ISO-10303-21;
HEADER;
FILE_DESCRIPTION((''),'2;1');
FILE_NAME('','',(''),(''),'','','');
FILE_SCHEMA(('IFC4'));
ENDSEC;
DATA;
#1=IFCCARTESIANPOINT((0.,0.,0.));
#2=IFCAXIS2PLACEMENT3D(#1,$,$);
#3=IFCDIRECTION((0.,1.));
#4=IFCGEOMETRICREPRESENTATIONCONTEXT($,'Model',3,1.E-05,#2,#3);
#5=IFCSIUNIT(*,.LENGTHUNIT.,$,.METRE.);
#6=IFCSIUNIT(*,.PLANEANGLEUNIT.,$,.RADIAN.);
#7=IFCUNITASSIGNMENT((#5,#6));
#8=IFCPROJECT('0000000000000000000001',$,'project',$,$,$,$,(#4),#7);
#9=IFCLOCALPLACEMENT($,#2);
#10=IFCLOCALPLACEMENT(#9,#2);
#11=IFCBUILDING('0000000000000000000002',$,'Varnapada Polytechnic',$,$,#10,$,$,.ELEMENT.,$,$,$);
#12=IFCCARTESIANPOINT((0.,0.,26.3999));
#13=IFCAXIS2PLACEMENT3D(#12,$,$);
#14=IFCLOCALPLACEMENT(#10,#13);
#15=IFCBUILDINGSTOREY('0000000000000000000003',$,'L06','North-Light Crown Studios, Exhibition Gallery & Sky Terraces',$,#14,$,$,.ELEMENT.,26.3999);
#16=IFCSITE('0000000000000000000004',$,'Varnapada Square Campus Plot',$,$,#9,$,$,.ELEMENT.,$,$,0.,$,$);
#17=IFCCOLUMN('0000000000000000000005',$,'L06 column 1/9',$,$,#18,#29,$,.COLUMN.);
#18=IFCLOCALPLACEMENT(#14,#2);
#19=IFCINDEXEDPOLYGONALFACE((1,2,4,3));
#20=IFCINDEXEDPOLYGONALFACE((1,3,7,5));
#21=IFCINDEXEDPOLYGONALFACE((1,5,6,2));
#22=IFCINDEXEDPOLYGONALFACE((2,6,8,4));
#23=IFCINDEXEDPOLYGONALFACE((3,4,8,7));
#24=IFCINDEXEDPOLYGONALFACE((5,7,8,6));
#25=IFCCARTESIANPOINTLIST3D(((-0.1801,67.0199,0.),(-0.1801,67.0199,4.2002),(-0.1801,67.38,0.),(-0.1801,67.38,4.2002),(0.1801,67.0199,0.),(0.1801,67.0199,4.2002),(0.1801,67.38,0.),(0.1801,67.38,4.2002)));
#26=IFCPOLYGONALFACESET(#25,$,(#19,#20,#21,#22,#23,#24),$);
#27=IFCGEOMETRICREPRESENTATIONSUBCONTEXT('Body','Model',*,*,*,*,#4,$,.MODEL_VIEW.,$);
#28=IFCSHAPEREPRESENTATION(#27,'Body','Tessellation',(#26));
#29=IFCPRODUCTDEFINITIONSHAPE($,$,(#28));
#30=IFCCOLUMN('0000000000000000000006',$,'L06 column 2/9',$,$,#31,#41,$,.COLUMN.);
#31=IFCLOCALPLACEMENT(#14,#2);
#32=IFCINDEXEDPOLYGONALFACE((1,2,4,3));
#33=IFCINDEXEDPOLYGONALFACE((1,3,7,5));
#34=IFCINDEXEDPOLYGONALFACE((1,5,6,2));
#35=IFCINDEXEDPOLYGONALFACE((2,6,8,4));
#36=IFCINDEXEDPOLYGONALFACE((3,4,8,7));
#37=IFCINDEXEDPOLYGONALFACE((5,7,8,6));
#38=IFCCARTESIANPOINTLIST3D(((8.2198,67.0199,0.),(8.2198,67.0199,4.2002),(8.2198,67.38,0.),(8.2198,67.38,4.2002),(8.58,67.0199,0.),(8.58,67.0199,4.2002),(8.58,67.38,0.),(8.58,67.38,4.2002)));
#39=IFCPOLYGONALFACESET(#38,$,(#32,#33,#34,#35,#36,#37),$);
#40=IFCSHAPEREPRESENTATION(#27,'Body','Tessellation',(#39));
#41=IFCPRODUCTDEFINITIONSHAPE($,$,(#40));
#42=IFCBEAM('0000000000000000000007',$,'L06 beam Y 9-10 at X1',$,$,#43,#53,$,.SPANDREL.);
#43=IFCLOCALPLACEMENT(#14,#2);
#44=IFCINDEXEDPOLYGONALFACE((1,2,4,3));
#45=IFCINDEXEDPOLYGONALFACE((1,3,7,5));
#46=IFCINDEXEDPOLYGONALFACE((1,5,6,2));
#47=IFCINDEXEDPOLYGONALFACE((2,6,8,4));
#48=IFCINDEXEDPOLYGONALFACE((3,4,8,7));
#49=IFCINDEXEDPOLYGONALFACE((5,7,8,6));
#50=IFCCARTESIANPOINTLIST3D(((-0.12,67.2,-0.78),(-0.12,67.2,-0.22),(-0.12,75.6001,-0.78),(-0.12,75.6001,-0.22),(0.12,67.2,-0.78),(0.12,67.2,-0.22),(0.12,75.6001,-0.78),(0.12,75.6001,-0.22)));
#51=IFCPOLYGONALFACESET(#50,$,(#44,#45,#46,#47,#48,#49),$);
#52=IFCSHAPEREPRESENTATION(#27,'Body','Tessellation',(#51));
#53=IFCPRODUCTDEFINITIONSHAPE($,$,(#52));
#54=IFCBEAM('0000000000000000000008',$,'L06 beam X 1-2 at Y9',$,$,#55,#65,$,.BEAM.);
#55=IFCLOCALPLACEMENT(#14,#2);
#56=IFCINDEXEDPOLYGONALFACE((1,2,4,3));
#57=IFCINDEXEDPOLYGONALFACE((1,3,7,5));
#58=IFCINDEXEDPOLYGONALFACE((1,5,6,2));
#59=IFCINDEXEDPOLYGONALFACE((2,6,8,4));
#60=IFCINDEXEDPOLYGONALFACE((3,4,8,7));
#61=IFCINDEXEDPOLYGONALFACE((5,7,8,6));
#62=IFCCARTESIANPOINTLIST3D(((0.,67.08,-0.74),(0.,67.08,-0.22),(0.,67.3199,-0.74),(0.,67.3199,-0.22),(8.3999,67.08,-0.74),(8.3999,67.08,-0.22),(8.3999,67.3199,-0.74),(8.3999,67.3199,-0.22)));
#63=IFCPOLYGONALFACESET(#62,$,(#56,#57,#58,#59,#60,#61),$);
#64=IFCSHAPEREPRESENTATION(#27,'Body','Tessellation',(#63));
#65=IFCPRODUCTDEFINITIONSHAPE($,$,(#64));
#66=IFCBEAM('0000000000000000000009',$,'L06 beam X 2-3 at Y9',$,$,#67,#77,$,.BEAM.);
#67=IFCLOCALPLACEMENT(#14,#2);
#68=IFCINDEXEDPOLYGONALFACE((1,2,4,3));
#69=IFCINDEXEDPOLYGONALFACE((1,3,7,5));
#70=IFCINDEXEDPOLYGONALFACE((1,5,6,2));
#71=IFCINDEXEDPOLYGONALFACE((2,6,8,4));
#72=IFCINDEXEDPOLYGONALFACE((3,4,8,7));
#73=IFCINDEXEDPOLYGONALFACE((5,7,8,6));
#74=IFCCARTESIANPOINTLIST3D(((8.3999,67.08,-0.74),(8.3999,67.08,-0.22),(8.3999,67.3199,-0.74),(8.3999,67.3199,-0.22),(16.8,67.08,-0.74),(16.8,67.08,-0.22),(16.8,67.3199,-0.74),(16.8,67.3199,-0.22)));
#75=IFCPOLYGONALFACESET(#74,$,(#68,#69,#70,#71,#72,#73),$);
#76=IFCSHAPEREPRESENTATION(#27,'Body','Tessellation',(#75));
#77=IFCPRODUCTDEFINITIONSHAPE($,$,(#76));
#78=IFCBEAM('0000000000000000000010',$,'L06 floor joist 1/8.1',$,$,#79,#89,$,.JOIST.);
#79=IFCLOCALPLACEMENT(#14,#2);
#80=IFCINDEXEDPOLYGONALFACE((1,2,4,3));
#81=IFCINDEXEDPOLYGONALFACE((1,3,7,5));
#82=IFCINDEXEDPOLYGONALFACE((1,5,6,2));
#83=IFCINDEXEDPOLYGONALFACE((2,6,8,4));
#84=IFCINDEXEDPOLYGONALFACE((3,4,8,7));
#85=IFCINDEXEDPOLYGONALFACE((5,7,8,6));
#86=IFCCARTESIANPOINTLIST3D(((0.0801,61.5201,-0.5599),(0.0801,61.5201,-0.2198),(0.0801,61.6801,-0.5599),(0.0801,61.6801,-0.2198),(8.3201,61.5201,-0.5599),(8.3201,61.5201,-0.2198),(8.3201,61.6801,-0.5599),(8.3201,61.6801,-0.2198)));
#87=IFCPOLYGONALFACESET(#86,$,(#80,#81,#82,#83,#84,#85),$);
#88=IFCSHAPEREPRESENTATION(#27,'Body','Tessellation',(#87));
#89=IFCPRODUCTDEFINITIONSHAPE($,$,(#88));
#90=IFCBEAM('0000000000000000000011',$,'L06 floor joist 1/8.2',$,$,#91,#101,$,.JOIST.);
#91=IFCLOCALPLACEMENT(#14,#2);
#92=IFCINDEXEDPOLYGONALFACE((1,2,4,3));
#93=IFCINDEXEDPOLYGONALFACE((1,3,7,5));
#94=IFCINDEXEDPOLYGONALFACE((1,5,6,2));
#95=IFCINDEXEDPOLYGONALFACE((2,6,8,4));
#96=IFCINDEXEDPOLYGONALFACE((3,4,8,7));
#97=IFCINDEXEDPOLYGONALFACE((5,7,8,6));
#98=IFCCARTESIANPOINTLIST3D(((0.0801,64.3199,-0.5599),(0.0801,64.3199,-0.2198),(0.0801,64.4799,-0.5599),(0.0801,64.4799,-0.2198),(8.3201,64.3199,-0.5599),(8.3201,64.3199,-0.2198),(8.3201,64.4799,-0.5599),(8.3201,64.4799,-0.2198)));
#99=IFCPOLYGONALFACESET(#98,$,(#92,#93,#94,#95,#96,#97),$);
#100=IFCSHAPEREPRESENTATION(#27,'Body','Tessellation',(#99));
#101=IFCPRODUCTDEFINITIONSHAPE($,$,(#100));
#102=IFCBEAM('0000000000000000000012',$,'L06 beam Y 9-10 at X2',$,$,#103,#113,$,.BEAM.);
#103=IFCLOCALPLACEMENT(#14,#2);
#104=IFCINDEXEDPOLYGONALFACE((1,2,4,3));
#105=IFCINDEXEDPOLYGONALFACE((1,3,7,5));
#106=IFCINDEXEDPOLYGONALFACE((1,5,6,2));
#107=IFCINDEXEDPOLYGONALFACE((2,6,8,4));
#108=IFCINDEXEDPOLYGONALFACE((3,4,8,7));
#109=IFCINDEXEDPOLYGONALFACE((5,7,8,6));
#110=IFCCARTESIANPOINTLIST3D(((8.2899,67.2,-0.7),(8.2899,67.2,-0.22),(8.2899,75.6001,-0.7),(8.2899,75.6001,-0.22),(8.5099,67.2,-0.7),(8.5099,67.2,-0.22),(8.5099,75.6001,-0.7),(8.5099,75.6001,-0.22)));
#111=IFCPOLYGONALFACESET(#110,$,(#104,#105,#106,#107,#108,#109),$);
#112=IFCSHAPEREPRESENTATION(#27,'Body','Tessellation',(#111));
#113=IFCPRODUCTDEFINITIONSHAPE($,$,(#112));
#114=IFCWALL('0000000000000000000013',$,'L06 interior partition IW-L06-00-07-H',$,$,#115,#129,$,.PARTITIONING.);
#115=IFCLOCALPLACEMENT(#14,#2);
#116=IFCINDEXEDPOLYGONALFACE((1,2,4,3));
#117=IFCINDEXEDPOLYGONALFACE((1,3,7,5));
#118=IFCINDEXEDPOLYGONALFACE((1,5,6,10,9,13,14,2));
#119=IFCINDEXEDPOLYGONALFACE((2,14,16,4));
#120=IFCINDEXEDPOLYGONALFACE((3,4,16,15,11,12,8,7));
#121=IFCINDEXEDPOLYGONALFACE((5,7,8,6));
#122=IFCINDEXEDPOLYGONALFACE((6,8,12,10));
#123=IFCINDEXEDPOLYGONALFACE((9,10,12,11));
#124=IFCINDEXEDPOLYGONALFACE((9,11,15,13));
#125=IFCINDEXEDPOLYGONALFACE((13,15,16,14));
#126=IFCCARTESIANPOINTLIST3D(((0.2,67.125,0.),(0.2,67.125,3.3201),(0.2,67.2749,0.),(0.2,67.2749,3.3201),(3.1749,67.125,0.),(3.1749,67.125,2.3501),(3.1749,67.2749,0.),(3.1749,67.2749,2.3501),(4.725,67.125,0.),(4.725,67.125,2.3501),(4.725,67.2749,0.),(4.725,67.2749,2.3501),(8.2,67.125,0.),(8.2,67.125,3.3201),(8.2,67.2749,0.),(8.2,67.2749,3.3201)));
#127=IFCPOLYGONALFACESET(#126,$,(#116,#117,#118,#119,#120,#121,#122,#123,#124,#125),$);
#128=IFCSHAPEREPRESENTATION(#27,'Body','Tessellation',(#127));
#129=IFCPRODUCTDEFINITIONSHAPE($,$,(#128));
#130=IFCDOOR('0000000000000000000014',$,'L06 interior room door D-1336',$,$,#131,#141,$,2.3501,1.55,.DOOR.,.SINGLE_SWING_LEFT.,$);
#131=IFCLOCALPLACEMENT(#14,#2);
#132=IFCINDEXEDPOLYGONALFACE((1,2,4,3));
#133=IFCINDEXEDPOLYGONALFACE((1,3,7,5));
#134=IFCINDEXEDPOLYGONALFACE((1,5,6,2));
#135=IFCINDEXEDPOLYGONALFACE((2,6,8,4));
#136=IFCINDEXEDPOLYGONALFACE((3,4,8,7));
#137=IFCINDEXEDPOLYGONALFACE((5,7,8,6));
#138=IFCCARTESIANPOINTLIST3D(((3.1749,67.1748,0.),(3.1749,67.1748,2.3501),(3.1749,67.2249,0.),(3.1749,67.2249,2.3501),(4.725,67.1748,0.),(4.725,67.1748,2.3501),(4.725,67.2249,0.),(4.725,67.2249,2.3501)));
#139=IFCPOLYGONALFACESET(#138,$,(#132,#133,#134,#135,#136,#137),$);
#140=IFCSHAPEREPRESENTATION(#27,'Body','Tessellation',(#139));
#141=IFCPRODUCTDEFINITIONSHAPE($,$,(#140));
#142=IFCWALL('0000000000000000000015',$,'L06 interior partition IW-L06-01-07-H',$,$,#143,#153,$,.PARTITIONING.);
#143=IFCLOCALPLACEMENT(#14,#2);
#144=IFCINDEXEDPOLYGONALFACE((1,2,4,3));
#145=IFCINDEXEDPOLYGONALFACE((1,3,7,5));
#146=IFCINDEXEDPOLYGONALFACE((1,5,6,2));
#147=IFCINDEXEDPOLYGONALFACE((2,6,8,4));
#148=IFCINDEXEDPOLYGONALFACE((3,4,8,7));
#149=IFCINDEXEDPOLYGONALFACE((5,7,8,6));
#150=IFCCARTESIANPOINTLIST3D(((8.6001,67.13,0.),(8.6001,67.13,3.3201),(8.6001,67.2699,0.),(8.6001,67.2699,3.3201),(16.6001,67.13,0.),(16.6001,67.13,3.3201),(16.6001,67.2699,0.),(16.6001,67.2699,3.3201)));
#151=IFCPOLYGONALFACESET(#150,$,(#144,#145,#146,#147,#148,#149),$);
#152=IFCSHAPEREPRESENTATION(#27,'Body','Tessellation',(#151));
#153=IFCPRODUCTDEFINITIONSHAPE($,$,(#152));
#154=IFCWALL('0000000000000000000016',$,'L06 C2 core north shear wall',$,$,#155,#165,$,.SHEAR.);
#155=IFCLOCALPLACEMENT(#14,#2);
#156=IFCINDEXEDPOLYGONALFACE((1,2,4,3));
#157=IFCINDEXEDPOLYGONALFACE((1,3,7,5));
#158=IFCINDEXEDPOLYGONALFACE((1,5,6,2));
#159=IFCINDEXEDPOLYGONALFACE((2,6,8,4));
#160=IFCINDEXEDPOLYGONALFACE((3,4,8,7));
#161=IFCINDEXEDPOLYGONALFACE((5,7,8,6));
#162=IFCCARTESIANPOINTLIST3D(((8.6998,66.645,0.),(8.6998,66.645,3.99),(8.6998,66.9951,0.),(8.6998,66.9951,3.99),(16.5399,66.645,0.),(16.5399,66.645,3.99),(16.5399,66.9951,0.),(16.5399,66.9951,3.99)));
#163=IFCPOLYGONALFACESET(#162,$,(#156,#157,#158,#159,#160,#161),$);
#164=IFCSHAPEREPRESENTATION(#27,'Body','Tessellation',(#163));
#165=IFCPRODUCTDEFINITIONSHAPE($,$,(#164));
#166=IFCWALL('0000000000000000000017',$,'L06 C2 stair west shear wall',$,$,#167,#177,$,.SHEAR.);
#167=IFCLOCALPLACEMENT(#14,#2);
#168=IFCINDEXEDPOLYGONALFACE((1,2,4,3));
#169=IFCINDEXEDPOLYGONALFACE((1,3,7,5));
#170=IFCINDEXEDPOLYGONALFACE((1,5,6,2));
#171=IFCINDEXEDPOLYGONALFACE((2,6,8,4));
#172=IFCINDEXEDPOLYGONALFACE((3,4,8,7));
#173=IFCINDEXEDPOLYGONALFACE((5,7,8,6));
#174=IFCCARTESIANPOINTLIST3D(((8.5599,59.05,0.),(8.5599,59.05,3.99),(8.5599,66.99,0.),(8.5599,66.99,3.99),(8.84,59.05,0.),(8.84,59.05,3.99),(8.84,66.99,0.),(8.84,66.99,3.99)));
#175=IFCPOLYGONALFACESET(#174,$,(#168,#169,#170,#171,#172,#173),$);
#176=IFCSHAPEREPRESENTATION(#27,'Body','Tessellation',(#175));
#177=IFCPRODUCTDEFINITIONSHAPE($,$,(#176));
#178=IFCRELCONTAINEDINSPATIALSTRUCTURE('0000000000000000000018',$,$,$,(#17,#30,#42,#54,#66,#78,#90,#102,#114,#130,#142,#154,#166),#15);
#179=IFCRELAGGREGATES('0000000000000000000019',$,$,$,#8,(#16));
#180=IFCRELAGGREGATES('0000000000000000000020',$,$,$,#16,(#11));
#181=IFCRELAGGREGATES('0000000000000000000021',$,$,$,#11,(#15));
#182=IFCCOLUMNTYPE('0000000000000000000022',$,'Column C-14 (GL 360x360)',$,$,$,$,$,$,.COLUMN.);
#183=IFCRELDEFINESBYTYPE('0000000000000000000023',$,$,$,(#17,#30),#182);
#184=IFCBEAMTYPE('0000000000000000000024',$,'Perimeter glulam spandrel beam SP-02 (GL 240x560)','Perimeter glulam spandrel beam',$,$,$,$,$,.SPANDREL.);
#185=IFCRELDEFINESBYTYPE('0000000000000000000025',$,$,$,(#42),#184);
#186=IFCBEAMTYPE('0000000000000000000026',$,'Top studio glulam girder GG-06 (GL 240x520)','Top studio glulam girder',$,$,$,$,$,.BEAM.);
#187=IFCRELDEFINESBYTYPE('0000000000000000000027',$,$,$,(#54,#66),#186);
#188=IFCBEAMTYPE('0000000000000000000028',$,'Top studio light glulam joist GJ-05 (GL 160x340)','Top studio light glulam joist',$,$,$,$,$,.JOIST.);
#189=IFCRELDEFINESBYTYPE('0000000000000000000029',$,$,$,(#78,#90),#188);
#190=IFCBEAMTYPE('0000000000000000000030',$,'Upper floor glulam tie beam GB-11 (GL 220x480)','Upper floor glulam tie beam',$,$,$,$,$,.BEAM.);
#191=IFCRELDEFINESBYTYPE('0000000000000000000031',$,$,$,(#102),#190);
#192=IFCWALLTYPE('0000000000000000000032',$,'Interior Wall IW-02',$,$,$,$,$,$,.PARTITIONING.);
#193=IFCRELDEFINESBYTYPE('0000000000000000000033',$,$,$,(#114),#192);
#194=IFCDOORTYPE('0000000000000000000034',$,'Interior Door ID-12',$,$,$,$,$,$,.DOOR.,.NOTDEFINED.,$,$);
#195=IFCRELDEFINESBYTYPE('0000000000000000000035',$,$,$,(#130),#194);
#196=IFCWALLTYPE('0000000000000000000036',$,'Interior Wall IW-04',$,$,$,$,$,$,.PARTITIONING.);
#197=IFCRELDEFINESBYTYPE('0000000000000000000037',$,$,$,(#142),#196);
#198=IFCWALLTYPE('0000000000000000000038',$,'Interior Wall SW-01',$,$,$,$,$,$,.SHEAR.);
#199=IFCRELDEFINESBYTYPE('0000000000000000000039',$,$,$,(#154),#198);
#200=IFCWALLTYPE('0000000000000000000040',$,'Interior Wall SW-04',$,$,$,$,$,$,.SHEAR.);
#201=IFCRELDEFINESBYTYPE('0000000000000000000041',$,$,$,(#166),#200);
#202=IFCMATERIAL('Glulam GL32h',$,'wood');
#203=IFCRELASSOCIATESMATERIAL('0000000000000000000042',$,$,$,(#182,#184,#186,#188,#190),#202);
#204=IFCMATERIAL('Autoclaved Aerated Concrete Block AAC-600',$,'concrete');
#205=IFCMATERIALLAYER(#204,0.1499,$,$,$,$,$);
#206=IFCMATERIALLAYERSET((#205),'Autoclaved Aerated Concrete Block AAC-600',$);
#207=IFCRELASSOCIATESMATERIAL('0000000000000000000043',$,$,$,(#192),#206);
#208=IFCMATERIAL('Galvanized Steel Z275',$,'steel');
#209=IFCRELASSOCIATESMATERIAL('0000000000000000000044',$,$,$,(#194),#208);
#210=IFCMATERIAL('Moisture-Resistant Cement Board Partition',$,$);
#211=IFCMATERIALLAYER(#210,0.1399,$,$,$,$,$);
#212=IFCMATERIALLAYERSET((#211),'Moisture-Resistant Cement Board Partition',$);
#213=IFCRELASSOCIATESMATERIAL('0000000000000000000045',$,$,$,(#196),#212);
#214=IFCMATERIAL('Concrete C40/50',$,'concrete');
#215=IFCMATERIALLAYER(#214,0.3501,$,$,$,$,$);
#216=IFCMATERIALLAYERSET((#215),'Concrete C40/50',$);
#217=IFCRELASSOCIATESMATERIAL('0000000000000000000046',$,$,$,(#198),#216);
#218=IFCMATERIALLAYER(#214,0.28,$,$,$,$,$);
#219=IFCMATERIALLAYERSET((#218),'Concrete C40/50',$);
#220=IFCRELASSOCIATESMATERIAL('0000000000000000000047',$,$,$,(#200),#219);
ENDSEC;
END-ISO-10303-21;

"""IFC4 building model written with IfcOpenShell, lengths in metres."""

from ifc_helpers import new_model, si_unit, direction, frame, frame_2d, origin, origin_2d, place, context, subcontext, project, spatial, rectangle, extrude, material, layer, layer_set, material_profile, profile_set, type_object, element, fill, save


model = new_model("IFC4")

# Units and contexts
model_context = context("Model", 3, precision=1e-05, world=origin(), true_north=direction((0.0, 1.0)))
body_context = subcontext(model_context, "Body", "Model", "MODEL_VIEW")
ifc_project = project(units=[si_unit("LENGTHUNIT", "METRE"), si_unit("PLANEANGLEUNIT", "RADIAN")], contexts=[model_context])

# Site, building, storey
site_placement = place(None, origin())
site = spatial("IfcSite", under=ifc_project, at=site_placement, Name="Varnapada Square Campus Plot", CompositionType="ELEMENT", RefElevation=0.0)
building_placement = place(site_placement, origin())
building = spatial("IfcBuilding", under=site, at=building_placement, Name="Varnapada Polytechnic", CompositionType="ELEMENT")
storey_placement = place(building_placement, frame((0.0, 0.0, 26.3999)))
storey = spatial("IfcBuildingStorey", under=building, at=storey_placement, Name="L06", Description="North-Light Crown Studios, Exhibition Gallery & Sky Terraces", CompositionType="ELEMENT", Elevation=26.3999)

# Columns
ifc_material_1 = material(Name="Glulam GL32h", Category="wood")
ifc_material_profile_1 = material_profile(ifc_material_1, rectangle(XDim=0.3601, YDim=0.3601, at=origin_2d()), Name="GL 360x360")
ifc_profile_set_1 = profile_set([ifc_material_profile_1], Name="Glulam GL32h")
column_type = type_object("IfcColumnType", Name="Column C-14 (GL 360x360)", PredefinedType="COLUMN", material=ifc_profile_set_1)
for number, where, z_axis, x_axis, name in (
    (1, (0.0, 67.2, 0.0), (0.0, 0.0, 1.0), (1.0, 0.0, 0.0), "L06 column 1/9"),
    (2, (8.3999, 67.2, 0.0), (0.0, 0.0, 1.0), (1.0, 0.0, 0.0), "L06 column 2/9"),
):
    element("IfcColumn", number, at=place(storey_placement, frame(where, z_axis=z_axis, x_axis=x_axis)), inside=storey, type_object=column_type, Name=name, PredefinedType="COLUMN", context=body_context, shape_type="SweptSolid", body=[
        extrude(rectangle(XDim=0.3601, YDim=0.3601, at=origin_2d()), origin(), (0.0, 0.0, 1.0), 4.2002),
    ])

# Beams
ifc_material_profile_2 = material_profile(ifc_material_1, rectangle(XDim=0.24, YDim=0.5601, at=origin_2d()), Name="GL 240x560")
ifc_profile_set_2 = profile_set([ifc_material_profile_2], Name="Glulam GL32h")
beam_type_1 = type_object("IfcBeamType", Name="Perimeter glulam spandrel beam SP-02 (GL 240x560)", Description="Perimeter glulam spandrel beam", PredefinedType="SPANDREL", material=ifc_profile_set_2)
beam_1_placement = place(storey_placement, frame((0.0, 67.2, -0.5), z_axis=(0.0, 1.0, 0.0), x_axis=(-1.0, 0.0, 0.0)))
element("IfcBeam", 3, at=beam_1_placement, inside=storey, type_object=beam_type_1, Name="L06 beam Y 9-10 at X1", PredefinedType="SPANDREL", context=body_context, shape_type="SweptSolid", body=[
    extrude(rectangle(XDim=0.24, YDim=0.5601, at=origin_2d()), origin(), (0.0, 0.0, 1.0), 8.4001),
])
ifc_material_profile_3 = material_profile(ifc_material_1, rectangle(XDim=0.24, YDim=0.52, at=origin_2d()), Name="GL 240x520")
ifc_profile_set_3 = profile_set([ifc_material_profile_3], Name="Glulam GL32h")
beam_type_2 = type_object("IfcBeamType", Name="Top studio glulam girder GG-06 (GL 240x520)", Description="Top studio glulam girder", PredefinedType="BEAM", material=ifc_profile_set_3)
beam_2_placement = place(storey_placement, frame((0.0, 67.2, -0.48), z_axis=(1.0, 0.0, 0.0), x_axis=(0.0, 1.0, 0.0)))
element("IfcBeam", 4, at=beam_2_placement, inside=storey, type_object=beam_type_2, Name="L06 beam X 1-2 at Y9", PredefinedType="BEAM", context=body_context, shape_type="SweptSolid", body=[
    extrude(rectangle(XDim=0.24, YDim=0.52, at=origin_2d()), origin(), (0.0, 0.0, 1.0), 8.3999),
])
beam_3_placement = place(storey_placement, frame((8.3999, 67.2, -0.48), z_axis=(1.0, 0.0, 0.0), x_axis=(0.0, 1.0, 0.0)))
element("IfcBeam", 5, at=beam_3_placement, inside=storey, type_object=beam_type_2, Name="L06 beam X 2-3 at Y9", PredefinedType="BEAM", context=body_context, shape_type="SweptSolid", body=[
    extrude(rectangle(XDim=0.24, YDim=0.52, at=origin_2d()), origin(), (0.0, 0.0, 1.0), 8.4001),
])
ifc_material_profile_4 = material_profile(ifc_material_1, rectangle(XDim=0.1599, YDim=0.3401, at=origin_2d()), Name="GL 160x340")
ifc_profile_set_4 = profile_set([ifc_material_profile_4], Name="Glulam GL32h")
beam_type_3 = type_object("IfcBeamType", Name="Top studio light glulam joist GJ-05 (GL 160x340)", Description="Top studio light glulam joist", PredefinedType="JOIST", material=ifc_profile_set_4)
for number, where, z_axis, x_axis, name in (
    (6, (0.0801, 61.6001, -0.3899), (1.0, 0.0, 0.0), (0.0, 1.0, 0.0), "L06 floor joist 1/8.1"),
    (7, (0.0801, 64.3999, -0.3899), (1.0, 0.0, 0.0), (0.0, 1.0, 0.0), "L06 floor joist 1/8.2"),
):
    element("IfcBeam", number, at=place(storey_placement, frame(where, z_axis=z_axis, x_axis=x_axis)), inside=storey, type_object=beam_type_3, Name=name, PredefinedType="JOIST", context=body_context, shape_type="SweptSolid", body=[
        extrude(rectangle(XDim=0.1599, YDim=0.3401, at=origin_2d()), origin(), (0.0, 0.0, 1.0), 8.24),
    ])
ifc_material_profile_5 = material_profile(ifc_material_1, rectangle(XDim=0.22, YDim=0.48, at=origin_2d()), Name="GL 220x480")
ifc_profile_set_5 = profile_set([ifc_material_profile_5], Name="Glulam GL32h")
beam_type_4 = type_object("IfcBeamType", Name="Upper floor glulam tie beam GB-11 (GL 220x480)", Description="Upper floor glulam tie beam", PredefinedType="BEAM", material=ifc_profile_set_5)
beam_4_placement = place(storey_placement, frame((8.3999, 67.2, -0.46), z_axis=(0.0, 1.0, 0.0), x_axis=(-1.0, 0.0, 0.0)))
element("IfcBeam", 8, at=beam_4_placement, inside=storey, type_object=beam_type_4, Name="L06 beam Y 9-10 at X2", PredefinedType="BEAM", context=body_context, shape_type="SweptSolid", body=[
    extrude(rectangle(XDim=0.22, YDim=0.48, at=origin_2d()), origin(), (0.0, 0.0, 1.0), 8.4001),
])

# Wall, opening, door
ifc_material_2 = material(Name="Autoclaved Aerated Concrete Block AAC-600", Category="concrete")
ifc_layer_1 = layer(ifc_material_2, 0.1499)
ifc_layer_set_1 = layer_set([ifc_layer_1], Name="Autoclaved Aerated Concrete Block AAC-600")
wall_type_1 = type_object("IfcWallType", Name="Interior Wall IW-02", PredefinedType="PARTITIONING", material=ifc_layer_set_1)
wall_1_placement = place(storey_placement, frame((0.2, 67.2, 0.0), z_axis=(0.0, 0.0, 1.0), x_axis=(1.0, 0.0, 0.0)))
wall_1 = element("IfcWall", 9, at=wall_1_placement, inside=storey, type_object=wall_type_1, Name="L06 interior partition IW-L06-00-07-H", PredefinedType="PARTITIONING", context=body_context, shape_type="SweptSolid", body=[
    extrude(rectangle(XDim=8.0, YDim=0.1499, at=frame_2d((4.0, 0.0))), origin(), (0.0, 0.0, 1.0), 3.3201),
])
opening_placement = place(wall_1_placement, frame((2.9751, 0.0, 0.0)))
opening = element("IfcOpeningElement", 10, at=opening_placement, cuts=wall_1, PredefinedType="OPENING", context=body_context, shape_type="SweptSolid", body=[
    extrude(rectangle(XDim=1.55, YDim=2.3501, at=frame_2d((0.7749, 1.175))), frame((0.0, 0.085, 0.0), z_axis=(0.0, -1.0, 0.0), x_axis=(1.0, 0.0, 0.0)), (0.0, 0.0, 1.0), 0.1699),
])
ifc_material_3 = material(Name="Galvanized Steel Z275", Category="steel")
door_type = type_object("IfcDoorType", Name="Interior Door ID-12", OperationType="NOTDEFINED", PredefinedType="DOOR", material=ifc_material_3)
door_placement = place(opening_placement, origin())
door = element("IfcDoor", 11, at=door_placement, inside=storey, type_object=door_type, Name="L06 interior room door D-1336", OperationType="SINGLE_SWING_LEFT", OverallHeight=2.3501, OverallWidth=1.55, PredefinedType="DOOR", context=body_context, shape_type="SweptSolid", body=[
    extrude(rectangle(XDim=1.55, YDim=2.3501, at=frame_2d((0.7749, 1.175))), frame((0.0, 0.0249, 0.0), z_axis=(0.0, -1.0, 0.0), x_axis=(1.0, 0.0, 0.0)), (0.0, 0.0, 1.0), 0.05),
])
fill(opening, door)

# Walls
ifc_material_4 = material(Name="Moisture-Resistant Cement Board Partition")
ifc_layer_2 = layer(ifc_material_4, 0.1399)
ifc_layer_set_2 = layer_set([ifc_layer_2], Name="Moisture-Resistant Cement Board Partition")
wall_type_2 = type_object("IfcWallType", Name="Interior Wall IW-04", PredefinedType="PARTITIONING", material=ifc_layer_set_2)
wall_2_placement = place(storey_placement, frame((8.6001, 67.2, 0.0), z_axis=(0.0, 0.0, 1.0), x_axis=(1.0, 0.0, 0.0)))
element("IfcWall", 12, at=wall_2_placement, inside=storey, type_object=wall_type_2, Name="L06 interior partition IW-L06-01-07-H", PredefinedType="PARTITIONING", context=body_context, shape_type="SweptSolid", body=[
    extrude(rectangle(XDim=8.0, YDim=0.1399, at=frame_2d((4.0, 0.0))), origin(), (0.0, 0.0, 1.0), 3.3201),
])
ifc_material_5 = material(Name="Concrete C40/50", Category="concrete")
ifc_layer_3 = layer(ifc_material_5, 0.3501)
ifc_layer_set_3 = layer_set([ifc_layer_3], Name="Concrete C40/50")
wall_type_3 = type_object("IfcWallType", Name="Interior Wall SW-01", PredefinedType="SHEAR", material=ifc_layer_set_3)
wall_3_placement = place(storey_placement, frame((8.7, 66.8201, 0.0), z_axis=(0.0, 0.0, 1.0), x_axis=(1.0, 0.0, 0.0)))
element("IfcWall", 13, at=wall_3_placement, inside=storey, type_object=wall_type_3, Name="L06 C2 core north shear wall", PredefinedType="SHEAR", context=body_context, shape_type="SweptSolid", body=[
    extrude(rectangle(XDim=7.8401, YDim=0.3501, at=frame_2d((3.9199, 0.0))), origin(), (0.0, 0.0, 1.0), 3.99),
])
ifc_layer_4 = layer(ifc_material_5, 0.28)
ifc_layer_set_4 = layer_set([ifc_layer_4], Name="Concrete C40/50")
wall_type_4 = type_object("IfcWallType", Name="Interior Wall SW-04", PredefinedType="SHEAR", material=ifc_layer_set_4)
wall_4_placement = place(storey_placement, frame((8.7, 59.05, 0.0), z_axis=(0.0, 0.0, 1.0), x_axis=(0.0, 1.0, 0.0)))
element("IfcWall", 14, at=wall_4_placement, inside=storey, type_object=wall_type_4, Name="L06 C2 stair west shear wall", PredefinedType="SHEAR", context=body_context, shape_type="SweptSolid", body=[
    extrude(rectangle(XDim=7.9399, YDim=0.28, at=frame_2d((3.97, 0.0))), origin(), (0.0, 0.0, 1.0), 3.99),
])

save(model, "model.ifc")
